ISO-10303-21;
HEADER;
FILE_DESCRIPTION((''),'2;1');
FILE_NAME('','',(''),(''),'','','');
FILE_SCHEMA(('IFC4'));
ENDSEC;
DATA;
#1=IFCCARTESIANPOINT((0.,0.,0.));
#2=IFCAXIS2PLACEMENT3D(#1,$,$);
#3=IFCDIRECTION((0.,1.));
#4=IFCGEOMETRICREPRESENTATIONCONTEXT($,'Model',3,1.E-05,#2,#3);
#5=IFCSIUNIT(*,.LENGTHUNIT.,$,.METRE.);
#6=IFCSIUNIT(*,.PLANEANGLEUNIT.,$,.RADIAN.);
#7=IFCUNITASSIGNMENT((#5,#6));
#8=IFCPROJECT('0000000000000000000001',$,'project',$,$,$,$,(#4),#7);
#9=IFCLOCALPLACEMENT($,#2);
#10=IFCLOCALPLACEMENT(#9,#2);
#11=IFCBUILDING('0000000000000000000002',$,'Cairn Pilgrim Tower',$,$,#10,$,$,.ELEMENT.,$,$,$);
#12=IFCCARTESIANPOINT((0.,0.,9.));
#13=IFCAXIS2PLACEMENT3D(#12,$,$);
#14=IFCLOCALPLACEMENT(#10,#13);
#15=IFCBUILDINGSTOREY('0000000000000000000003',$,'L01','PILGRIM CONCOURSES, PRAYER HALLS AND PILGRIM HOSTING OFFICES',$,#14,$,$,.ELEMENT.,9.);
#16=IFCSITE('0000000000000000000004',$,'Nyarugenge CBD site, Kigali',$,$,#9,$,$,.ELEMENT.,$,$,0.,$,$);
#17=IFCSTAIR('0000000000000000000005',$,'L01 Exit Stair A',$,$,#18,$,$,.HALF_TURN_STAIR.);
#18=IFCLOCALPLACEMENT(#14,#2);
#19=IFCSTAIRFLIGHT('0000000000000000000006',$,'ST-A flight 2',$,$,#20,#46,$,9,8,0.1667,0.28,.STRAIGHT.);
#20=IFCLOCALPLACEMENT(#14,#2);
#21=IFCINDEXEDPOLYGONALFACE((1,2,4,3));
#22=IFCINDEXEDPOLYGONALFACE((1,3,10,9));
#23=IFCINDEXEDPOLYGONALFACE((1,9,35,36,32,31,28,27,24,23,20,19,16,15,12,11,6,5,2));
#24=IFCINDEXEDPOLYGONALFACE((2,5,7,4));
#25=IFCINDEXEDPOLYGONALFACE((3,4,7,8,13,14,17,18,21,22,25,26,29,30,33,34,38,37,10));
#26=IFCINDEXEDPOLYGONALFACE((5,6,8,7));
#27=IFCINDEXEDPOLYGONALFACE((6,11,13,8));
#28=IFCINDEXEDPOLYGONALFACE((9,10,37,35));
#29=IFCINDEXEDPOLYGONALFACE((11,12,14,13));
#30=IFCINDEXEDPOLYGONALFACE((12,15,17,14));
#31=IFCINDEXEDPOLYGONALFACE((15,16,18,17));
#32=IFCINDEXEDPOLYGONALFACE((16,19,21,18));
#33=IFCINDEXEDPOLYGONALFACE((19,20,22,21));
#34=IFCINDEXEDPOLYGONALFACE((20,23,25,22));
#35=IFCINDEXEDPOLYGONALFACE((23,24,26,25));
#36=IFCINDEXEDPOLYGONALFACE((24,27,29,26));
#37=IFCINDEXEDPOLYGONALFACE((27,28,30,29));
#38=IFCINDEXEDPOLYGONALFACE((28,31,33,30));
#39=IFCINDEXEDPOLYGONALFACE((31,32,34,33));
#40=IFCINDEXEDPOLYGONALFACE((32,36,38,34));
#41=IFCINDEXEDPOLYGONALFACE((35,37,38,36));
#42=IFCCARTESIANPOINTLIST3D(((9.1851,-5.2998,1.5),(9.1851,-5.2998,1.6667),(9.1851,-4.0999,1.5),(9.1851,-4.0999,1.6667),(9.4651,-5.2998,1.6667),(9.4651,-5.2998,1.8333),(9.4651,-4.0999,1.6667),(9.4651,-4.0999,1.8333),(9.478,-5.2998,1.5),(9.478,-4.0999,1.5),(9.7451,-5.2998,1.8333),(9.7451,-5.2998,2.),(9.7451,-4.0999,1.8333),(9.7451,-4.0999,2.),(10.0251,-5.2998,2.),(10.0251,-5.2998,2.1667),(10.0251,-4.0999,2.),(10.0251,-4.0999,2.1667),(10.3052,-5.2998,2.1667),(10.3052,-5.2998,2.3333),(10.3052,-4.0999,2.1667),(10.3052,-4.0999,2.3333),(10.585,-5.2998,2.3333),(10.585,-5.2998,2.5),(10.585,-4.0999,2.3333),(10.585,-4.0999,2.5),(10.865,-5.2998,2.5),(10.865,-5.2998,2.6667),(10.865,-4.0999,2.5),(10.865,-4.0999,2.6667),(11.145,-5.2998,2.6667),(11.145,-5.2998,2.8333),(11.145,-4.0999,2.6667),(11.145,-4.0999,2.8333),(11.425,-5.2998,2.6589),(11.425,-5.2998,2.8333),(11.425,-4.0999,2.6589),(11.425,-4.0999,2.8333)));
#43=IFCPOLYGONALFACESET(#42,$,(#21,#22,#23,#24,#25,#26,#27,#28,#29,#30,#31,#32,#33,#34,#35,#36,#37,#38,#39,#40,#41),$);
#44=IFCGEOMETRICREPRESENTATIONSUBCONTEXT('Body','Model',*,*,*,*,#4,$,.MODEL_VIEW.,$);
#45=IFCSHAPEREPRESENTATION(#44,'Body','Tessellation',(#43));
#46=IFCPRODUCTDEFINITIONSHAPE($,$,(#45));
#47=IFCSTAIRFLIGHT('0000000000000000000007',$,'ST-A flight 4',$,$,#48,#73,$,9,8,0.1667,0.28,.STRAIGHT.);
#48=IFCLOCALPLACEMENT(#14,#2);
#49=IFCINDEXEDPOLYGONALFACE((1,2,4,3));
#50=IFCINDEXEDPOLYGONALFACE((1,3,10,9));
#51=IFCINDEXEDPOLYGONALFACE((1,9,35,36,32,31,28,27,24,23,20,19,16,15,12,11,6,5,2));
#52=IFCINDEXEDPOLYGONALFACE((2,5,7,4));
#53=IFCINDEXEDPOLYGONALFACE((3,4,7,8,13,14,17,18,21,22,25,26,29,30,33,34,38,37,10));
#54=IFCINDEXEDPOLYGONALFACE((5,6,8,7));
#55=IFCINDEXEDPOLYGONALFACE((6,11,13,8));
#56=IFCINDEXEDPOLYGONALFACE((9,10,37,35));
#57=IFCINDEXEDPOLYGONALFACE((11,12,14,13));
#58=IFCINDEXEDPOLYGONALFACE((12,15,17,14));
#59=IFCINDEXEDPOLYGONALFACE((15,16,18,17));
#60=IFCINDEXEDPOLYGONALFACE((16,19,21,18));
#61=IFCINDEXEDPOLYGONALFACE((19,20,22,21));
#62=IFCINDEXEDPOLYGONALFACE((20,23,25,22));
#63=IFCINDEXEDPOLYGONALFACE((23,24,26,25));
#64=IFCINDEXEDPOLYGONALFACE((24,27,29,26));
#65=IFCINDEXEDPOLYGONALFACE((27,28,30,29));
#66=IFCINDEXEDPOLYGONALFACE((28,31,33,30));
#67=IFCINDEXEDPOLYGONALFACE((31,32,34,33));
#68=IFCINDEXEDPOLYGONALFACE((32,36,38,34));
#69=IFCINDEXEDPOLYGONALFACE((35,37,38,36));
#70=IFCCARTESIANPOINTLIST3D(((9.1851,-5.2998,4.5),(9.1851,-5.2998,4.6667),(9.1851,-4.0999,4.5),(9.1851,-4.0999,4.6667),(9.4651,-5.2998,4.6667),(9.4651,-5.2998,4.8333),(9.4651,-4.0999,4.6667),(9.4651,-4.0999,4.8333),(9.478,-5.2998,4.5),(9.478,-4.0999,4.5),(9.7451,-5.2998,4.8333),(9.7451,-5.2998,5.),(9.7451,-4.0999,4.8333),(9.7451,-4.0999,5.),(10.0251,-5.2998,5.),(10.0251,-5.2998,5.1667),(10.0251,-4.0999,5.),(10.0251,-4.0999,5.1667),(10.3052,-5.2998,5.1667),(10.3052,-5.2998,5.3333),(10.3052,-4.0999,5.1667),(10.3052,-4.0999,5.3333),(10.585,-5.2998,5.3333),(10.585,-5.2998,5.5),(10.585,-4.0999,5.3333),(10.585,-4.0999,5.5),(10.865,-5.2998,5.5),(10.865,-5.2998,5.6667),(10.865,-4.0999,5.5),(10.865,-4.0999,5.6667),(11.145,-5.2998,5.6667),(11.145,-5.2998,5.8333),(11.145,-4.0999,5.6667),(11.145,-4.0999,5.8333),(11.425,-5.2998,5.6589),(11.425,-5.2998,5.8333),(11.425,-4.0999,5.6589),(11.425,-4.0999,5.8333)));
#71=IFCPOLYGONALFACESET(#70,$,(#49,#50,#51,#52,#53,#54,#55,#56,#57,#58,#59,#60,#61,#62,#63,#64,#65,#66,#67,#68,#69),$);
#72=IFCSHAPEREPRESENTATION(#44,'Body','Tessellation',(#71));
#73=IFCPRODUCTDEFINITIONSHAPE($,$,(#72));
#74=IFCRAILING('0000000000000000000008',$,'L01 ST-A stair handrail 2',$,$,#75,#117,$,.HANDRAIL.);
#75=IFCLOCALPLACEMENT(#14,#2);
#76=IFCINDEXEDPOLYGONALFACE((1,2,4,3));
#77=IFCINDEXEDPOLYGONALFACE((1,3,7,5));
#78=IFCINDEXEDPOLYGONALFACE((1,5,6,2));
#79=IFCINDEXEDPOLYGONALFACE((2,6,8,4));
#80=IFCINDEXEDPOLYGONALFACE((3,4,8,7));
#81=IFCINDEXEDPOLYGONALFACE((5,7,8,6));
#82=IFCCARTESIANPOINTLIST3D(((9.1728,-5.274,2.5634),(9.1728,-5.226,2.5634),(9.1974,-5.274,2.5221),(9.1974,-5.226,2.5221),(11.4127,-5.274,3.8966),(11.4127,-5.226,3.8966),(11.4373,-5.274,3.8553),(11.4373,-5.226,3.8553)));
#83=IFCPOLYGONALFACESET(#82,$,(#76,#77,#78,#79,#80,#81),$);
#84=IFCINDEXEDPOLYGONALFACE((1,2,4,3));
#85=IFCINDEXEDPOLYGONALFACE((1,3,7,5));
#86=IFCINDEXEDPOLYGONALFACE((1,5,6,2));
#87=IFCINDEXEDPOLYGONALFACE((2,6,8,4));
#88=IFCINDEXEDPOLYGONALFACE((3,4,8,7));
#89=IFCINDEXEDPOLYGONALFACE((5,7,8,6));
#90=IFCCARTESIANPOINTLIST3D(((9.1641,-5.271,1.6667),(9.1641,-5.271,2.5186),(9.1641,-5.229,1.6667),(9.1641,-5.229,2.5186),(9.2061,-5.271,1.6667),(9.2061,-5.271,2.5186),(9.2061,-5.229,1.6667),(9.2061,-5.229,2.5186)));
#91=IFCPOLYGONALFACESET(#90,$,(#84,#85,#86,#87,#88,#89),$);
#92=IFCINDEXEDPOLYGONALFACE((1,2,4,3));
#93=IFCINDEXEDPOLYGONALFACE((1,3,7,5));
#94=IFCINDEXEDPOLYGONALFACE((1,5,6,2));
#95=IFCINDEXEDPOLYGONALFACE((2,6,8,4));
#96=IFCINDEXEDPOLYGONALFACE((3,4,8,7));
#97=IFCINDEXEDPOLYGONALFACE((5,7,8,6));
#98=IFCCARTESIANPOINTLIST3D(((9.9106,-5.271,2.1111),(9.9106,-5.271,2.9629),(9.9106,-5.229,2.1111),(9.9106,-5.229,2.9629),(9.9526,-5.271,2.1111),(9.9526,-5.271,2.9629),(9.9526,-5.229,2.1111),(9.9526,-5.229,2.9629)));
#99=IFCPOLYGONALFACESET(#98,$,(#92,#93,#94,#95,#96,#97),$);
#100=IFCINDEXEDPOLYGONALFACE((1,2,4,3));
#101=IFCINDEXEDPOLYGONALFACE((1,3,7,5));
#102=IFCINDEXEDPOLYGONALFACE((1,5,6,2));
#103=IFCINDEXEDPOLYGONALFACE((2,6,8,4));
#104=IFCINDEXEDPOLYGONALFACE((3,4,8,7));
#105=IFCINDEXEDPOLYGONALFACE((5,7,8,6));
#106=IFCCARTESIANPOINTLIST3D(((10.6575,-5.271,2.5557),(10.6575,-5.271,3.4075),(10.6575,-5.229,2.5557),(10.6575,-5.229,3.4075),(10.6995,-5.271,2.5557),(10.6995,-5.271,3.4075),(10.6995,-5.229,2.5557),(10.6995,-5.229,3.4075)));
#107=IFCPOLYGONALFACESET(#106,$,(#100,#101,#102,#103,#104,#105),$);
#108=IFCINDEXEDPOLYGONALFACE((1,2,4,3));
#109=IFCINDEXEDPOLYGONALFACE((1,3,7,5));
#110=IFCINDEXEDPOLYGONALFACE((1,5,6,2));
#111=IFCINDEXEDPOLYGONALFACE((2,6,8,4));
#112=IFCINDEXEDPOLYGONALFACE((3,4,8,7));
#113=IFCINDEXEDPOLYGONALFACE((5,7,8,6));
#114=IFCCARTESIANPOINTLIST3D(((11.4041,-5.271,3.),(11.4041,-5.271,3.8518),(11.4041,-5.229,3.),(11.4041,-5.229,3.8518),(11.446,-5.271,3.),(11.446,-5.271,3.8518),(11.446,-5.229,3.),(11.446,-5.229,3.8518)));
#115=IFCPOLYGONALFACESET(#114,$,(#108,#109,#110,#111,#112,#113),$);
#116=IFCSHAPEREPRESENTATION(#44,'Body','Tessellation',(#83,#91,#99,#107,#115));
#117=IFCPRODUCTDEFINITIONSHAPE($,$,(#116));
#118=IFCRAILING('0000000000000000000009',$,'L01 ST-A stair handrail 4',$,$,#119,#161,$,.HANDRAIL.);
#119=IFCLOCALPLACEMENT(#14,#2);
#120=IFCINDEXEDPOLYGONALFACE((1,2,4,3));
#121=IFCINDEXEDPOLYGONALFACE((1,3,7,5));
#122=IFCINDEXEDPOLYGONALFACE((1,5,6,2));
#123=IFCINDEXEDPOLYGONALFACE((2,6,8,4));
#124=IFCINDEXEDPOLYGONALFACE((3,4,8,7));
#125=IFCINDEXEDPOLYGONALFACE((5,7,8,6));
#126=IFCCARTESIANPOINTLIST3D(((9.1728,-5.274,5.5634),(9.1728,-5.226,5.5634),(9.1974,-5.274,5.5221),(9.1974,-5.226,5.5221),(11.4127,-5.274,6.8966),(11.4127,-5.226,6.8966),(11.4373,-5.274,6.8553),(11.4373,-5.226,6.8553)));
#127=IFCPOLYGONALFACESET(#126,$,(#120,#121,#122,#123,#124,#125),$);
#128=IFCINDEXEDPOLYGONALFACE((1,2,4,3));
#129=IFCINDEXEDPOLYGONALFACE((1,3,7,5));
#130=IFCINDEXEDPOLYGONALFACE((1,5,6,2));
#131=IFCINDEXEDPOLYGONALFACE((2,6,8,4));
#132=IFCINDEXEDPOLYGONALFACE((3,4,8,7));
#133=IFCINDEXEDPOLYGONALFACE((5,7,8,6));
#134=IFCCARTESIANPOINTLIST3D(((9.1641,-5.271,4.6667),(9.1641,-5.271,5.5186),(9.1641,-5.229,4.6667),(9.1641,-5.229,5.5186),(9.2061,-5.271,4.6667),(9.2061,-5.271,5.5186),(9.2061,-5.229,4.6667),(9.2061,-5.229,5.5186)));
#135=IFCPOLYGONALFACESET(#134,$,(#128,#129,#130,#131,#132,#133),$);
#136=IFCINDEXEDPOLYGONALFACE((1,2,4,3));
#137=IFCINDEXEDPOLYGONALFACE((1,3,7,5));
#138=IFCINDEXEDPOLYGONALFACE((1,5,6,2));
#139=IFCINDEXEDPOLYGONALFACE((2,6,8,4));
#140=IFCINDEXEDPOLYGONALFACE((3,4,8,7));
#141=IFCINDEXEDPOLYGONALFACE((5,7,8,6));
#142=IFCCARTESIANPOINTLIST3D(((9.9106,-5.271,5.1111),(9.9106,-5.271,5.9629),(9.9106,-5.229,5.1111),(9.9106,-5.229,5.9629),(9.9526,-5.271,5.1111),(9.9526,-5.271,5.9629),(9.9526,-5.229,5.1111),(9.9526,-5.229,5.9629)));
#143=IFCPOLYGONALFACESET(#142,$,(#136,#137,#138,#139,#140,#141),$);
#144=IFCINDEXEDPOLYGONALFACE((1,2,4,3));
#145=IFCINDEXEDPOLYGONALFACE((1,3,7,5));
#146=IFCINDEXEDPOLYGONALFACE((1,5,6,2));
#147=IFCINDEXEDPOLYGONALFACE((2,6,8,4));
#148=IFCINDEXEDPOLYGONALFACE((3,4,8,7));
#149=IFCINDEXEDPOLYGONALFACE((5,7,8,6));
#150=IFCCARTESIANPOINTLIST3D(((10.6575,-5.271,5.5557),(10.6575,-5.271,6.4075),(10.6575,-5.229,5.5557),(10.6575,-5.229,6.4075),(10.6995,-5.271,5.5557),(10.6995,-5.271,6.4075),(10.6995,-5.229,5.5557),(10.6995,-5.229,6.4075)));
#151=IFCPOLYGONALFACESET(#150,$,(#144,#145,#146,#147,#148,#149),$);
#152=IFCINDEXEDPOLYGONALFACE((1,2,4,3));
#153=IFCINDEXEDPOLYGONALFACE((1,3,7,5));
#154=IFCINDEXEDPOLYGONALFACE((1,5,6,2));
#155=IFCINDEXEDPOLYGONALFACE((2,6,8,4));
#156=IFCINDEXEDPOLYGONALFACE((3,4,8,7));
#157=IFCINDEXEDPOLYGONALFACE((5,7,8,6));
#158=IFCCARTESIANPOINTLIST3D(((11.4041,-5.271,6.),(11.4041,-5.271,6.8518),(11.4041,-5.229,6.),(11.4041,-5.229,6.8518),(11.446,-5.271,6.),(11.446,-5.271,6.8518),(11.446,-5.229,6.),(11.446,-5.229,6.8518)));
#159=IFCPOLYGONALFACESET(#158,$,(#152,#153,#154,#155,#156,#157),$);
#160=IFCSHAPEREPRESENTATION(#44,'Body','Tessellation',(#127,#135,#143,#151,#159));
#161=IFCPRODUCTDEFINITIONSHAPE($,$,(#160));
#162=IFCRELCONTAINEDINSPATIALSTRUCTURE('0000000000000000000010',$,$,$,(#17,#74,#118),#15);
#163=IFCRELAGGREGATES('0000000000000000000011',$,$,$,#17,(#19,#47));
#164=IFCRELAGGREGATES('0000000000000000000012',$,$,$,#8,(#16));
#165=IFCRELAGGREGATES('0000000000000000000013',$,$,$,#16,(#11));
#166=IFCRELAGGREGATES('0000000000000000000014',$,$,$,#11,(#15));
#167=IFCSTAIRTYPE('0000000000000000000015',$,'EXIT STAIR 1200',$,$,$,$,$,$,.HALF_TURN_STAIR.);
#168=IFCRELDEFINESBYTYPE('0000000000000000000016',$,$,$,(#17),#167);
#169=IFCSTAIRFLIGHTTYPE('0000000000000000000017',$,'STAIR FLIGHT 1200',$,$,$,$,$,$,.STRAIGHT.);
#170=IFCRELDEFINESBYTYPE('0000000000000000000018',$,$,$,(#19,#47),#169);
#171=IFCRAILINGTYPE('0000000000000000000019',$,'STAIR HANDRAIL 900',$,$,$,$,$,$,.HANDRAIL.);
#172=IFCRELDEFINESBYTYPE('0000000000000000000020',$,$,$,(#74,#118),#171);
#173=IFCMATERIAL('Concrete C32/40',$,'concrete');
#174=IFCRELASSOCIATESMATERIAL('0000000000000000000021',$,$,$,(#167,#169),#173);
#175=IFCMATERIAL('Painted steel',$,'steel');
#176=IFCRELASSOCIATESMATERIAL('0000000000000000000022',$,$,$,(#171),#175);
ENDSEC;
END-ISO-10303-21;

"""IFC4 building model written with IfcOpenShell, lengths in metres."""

from ifc_helpers import new_model, si_unit, direction, frame, origin, origin_2d, place, context, subcontext, project, spatial, polyline, rectangle, outline, extrude, material, type_object, element, aggregate, save


model = new_model("IFC4")

# Units and contexts
model_context = context("Model", 3, precision=1e-05, world=origin(), true_north=direction((0.0, 1.0)))
body_context = subcontext(model_context, "Body", "Model", "MODEL_VIEW")
ifc_project = project(units=[si_unit("LENGTHUNIT", "METRE"), si_unit("PLANEANGLEUNIT", "RADIAN")], contexts=[model_context])

# Site, building, storey
site_placement = place(None, origin())
site = spatial("IfcSite", under=ifc_project, at=site_placement, Name="Nyarugenge CBD site, Kigali", CompositionType="ELEMENT", RefElevation=0.0)
building_placement = place(site_placement, origin())
building = spatial("IfcBuilding", under=site, at=building_placement, Name="Cairn Pilgrim Tower", CompositionType="ELEMENT")
storey_placement = place(building_placement, frame((0.0, 0.0, 9.0)))
storey = spatial("IfcBuildingStorey", under=building, at=storey_placement, Name="L01", Description="PILGRIM CONCOURSES, PRAYER HALLS AND PILGRIM HOSTING OFFICES", CompositionType="ELEMENT", Elevation=9.0)

# Stair
ifc_material_1 = material(Name="Concrete C32/40", Category="concrete")
stair_type_1 = type_object("IfcStairType", Name="EXIT STAIR 1200", PredefinedType="HALF_TURN_STAIR", material=ifc_material_1)
stair_1_placement = place(storey_placement, origin())
stair_1 = element("IfcStair", 1, at=stair_1_placement, inside=storey, type_object=stair_type_1, Name="L01 Exit Stair A", PredefinedType="HALF_TURN_STAIR")

# Shared definitions
ifc_material_2 = material(Name="Painted steel", Category="steel")

# Stair flights
stair_flight_type = type_object("IfcStairFlightType", Name="STAIR FLIGHT 1200", PredefinedType="STRAIGHT", material=ifc_material_1)
stair_flight_1_placement = place(storey_placement, frame((9.1851, -4.7, 1.5), z_axis=(0.0, 0.0, 1.0), x_axis=(1.0, 0.0, 0.0)))
stair_flight_1 = element("IfcStairFlight", 2, at=stair_flight_1_placement, type_object=stair_flight_type, Name="ST-A flight 2", NumberOfRisers=9, NumberOfTreads=8, PredefinedType="STRAIGHT", RiserHeight=0.1667, TreadLength=0.28, context=body_context, shape_type="SweptSolid", body=[
    extrude(outline(polyline([(0.0, 0.0), (0.0, 0.1667), (0.28, 0.1667), (0.28, 0.3333), (0.5601, 0.3333), (0.5601, 0.5), (0.8401, 0.5), (0.8401, 0.6667), (1.1201, 0.6667), (1.1201, 0.8333), (1.3999, 0.8333), (1.3999, 1.0), (1.6799, 1.0), (1.6799, 1.1667), (1.96, 1.1667), (1.96, 1.3333), (2.24, 1.3333), (2.24, 1.5), (2.24, 1.1589), (0.293, 0.0), (0.0, 0.0)])), frame((0.0, 0.6001, 0.0), z_axis=(0.0, -1.0, 0.0), x_axis=(1.0, 0.0, 0.0)), (0.0, 0.0, 1.0), 1.2),
])
stair_flight_2_placement = place(storey_placement, frame((9.1851, -4.7, 4.5), z_axis=(0.0, 0.0, 1.0), x_axis=(1.0, 0.0, 0.0)))
stair_flight_2 = element("IfcStairFlight", 3, at=stair_flight_2_placement, type_object=stair_flight_type, Name="ST-A flight 4", NumberOfRisers=9, NumberOfTreads=8, PredefinedType="STRAIGHT", RiserHeight=0.1667, TreadLength=0.28, context=body_context, shape_type="SweptSolid", body=[
    extrude(outline(polyline([(0.0, 0.0), (0.0, 0.1667), (0.28, 0.1667), (0.28, 0.3333), (0.5601, 0.3333), (0.5601, 0.5), (0.8401, 0.5), (0.8401, 0.6667), (1.1201, 0.6667), (1.1201, 0.8333), (1.3999, 0.8333), (1.3999, 1.0), (1.6799, 1.0), (1.6799, 1.1667), (1.96, 1.1667), (1.96, 1.3333), (2.24, 1.3333), (2.24, 1.5), (2.24, 1.1589), (0.293, 0.0), (0.0, 0.0)])), frame((0.0, 0.6001, 0.0), z_axis=(0.0, -1.0, 0.0), x_axis=(1.0, 0.0, 0.0)), (0.0, 0.0, 1.0), 1.2),
])
aggregate(stair_1, [stair_flight_1, stair_flight_2])

# Railings
railing_type = type_object("IfcRailingType", Name="STAIR HANDRAIL 900", PredefinedType="HANDRAIL", material=ifc_material_2)
for number, where, name in (
    (4, (9.1851, -5.25, 1.6667), "L01 ST-A stair handrail 2"),
    (5, (9.1851, -5.25, 4.6667), "L01 ST-A stair handrail 4"),
):
    element("IfcRailing", number, at=place(storey_placement, frame(where)), inside=storey, type_object=railing_type, Name=name, PredefinedType="HANDRAIL", context=body_context, shape_type="SweptSolid", body=[
        extrude(rectangle(XDim=0.0481, YDim=0.0481, at=origin_2d()), frame((0.0, 0.0, 0.876), z_axis=(0.859306, 0.0, 0.511462), x_axis=(0.0, 1.0, 0.0)), (0.0, 0.0, 1.0), 2.6067),
        extrude(rectangle(XDim=0.042, YDim=0.042, at=origin_2d()), origin(), (0.0, 0.0, 1.0), 0.8518),
        extrude(rectangle(XDim=0.042, YDim=0.042, at=origin_2d()), frame((0.7466, 0.0, 0.4443)), (0.0, 0.0, 1.0), 0.8518),
        extrude(rectangle(XDim=0.042, YDim=0.042, at=origin_2d()), frame((1.4934, 0.0, 0.8889)), (0.0, 0.0, 1.0), 0.8518),
        extrude(rectangle(XDim=0.042, YDim=0.042, at=origin_2d()), frame((2.24, 0.0, 1.3333)), (0.0, 0.0, 1.0), 0.8518),
    ])

save(model, "model.ifc")
